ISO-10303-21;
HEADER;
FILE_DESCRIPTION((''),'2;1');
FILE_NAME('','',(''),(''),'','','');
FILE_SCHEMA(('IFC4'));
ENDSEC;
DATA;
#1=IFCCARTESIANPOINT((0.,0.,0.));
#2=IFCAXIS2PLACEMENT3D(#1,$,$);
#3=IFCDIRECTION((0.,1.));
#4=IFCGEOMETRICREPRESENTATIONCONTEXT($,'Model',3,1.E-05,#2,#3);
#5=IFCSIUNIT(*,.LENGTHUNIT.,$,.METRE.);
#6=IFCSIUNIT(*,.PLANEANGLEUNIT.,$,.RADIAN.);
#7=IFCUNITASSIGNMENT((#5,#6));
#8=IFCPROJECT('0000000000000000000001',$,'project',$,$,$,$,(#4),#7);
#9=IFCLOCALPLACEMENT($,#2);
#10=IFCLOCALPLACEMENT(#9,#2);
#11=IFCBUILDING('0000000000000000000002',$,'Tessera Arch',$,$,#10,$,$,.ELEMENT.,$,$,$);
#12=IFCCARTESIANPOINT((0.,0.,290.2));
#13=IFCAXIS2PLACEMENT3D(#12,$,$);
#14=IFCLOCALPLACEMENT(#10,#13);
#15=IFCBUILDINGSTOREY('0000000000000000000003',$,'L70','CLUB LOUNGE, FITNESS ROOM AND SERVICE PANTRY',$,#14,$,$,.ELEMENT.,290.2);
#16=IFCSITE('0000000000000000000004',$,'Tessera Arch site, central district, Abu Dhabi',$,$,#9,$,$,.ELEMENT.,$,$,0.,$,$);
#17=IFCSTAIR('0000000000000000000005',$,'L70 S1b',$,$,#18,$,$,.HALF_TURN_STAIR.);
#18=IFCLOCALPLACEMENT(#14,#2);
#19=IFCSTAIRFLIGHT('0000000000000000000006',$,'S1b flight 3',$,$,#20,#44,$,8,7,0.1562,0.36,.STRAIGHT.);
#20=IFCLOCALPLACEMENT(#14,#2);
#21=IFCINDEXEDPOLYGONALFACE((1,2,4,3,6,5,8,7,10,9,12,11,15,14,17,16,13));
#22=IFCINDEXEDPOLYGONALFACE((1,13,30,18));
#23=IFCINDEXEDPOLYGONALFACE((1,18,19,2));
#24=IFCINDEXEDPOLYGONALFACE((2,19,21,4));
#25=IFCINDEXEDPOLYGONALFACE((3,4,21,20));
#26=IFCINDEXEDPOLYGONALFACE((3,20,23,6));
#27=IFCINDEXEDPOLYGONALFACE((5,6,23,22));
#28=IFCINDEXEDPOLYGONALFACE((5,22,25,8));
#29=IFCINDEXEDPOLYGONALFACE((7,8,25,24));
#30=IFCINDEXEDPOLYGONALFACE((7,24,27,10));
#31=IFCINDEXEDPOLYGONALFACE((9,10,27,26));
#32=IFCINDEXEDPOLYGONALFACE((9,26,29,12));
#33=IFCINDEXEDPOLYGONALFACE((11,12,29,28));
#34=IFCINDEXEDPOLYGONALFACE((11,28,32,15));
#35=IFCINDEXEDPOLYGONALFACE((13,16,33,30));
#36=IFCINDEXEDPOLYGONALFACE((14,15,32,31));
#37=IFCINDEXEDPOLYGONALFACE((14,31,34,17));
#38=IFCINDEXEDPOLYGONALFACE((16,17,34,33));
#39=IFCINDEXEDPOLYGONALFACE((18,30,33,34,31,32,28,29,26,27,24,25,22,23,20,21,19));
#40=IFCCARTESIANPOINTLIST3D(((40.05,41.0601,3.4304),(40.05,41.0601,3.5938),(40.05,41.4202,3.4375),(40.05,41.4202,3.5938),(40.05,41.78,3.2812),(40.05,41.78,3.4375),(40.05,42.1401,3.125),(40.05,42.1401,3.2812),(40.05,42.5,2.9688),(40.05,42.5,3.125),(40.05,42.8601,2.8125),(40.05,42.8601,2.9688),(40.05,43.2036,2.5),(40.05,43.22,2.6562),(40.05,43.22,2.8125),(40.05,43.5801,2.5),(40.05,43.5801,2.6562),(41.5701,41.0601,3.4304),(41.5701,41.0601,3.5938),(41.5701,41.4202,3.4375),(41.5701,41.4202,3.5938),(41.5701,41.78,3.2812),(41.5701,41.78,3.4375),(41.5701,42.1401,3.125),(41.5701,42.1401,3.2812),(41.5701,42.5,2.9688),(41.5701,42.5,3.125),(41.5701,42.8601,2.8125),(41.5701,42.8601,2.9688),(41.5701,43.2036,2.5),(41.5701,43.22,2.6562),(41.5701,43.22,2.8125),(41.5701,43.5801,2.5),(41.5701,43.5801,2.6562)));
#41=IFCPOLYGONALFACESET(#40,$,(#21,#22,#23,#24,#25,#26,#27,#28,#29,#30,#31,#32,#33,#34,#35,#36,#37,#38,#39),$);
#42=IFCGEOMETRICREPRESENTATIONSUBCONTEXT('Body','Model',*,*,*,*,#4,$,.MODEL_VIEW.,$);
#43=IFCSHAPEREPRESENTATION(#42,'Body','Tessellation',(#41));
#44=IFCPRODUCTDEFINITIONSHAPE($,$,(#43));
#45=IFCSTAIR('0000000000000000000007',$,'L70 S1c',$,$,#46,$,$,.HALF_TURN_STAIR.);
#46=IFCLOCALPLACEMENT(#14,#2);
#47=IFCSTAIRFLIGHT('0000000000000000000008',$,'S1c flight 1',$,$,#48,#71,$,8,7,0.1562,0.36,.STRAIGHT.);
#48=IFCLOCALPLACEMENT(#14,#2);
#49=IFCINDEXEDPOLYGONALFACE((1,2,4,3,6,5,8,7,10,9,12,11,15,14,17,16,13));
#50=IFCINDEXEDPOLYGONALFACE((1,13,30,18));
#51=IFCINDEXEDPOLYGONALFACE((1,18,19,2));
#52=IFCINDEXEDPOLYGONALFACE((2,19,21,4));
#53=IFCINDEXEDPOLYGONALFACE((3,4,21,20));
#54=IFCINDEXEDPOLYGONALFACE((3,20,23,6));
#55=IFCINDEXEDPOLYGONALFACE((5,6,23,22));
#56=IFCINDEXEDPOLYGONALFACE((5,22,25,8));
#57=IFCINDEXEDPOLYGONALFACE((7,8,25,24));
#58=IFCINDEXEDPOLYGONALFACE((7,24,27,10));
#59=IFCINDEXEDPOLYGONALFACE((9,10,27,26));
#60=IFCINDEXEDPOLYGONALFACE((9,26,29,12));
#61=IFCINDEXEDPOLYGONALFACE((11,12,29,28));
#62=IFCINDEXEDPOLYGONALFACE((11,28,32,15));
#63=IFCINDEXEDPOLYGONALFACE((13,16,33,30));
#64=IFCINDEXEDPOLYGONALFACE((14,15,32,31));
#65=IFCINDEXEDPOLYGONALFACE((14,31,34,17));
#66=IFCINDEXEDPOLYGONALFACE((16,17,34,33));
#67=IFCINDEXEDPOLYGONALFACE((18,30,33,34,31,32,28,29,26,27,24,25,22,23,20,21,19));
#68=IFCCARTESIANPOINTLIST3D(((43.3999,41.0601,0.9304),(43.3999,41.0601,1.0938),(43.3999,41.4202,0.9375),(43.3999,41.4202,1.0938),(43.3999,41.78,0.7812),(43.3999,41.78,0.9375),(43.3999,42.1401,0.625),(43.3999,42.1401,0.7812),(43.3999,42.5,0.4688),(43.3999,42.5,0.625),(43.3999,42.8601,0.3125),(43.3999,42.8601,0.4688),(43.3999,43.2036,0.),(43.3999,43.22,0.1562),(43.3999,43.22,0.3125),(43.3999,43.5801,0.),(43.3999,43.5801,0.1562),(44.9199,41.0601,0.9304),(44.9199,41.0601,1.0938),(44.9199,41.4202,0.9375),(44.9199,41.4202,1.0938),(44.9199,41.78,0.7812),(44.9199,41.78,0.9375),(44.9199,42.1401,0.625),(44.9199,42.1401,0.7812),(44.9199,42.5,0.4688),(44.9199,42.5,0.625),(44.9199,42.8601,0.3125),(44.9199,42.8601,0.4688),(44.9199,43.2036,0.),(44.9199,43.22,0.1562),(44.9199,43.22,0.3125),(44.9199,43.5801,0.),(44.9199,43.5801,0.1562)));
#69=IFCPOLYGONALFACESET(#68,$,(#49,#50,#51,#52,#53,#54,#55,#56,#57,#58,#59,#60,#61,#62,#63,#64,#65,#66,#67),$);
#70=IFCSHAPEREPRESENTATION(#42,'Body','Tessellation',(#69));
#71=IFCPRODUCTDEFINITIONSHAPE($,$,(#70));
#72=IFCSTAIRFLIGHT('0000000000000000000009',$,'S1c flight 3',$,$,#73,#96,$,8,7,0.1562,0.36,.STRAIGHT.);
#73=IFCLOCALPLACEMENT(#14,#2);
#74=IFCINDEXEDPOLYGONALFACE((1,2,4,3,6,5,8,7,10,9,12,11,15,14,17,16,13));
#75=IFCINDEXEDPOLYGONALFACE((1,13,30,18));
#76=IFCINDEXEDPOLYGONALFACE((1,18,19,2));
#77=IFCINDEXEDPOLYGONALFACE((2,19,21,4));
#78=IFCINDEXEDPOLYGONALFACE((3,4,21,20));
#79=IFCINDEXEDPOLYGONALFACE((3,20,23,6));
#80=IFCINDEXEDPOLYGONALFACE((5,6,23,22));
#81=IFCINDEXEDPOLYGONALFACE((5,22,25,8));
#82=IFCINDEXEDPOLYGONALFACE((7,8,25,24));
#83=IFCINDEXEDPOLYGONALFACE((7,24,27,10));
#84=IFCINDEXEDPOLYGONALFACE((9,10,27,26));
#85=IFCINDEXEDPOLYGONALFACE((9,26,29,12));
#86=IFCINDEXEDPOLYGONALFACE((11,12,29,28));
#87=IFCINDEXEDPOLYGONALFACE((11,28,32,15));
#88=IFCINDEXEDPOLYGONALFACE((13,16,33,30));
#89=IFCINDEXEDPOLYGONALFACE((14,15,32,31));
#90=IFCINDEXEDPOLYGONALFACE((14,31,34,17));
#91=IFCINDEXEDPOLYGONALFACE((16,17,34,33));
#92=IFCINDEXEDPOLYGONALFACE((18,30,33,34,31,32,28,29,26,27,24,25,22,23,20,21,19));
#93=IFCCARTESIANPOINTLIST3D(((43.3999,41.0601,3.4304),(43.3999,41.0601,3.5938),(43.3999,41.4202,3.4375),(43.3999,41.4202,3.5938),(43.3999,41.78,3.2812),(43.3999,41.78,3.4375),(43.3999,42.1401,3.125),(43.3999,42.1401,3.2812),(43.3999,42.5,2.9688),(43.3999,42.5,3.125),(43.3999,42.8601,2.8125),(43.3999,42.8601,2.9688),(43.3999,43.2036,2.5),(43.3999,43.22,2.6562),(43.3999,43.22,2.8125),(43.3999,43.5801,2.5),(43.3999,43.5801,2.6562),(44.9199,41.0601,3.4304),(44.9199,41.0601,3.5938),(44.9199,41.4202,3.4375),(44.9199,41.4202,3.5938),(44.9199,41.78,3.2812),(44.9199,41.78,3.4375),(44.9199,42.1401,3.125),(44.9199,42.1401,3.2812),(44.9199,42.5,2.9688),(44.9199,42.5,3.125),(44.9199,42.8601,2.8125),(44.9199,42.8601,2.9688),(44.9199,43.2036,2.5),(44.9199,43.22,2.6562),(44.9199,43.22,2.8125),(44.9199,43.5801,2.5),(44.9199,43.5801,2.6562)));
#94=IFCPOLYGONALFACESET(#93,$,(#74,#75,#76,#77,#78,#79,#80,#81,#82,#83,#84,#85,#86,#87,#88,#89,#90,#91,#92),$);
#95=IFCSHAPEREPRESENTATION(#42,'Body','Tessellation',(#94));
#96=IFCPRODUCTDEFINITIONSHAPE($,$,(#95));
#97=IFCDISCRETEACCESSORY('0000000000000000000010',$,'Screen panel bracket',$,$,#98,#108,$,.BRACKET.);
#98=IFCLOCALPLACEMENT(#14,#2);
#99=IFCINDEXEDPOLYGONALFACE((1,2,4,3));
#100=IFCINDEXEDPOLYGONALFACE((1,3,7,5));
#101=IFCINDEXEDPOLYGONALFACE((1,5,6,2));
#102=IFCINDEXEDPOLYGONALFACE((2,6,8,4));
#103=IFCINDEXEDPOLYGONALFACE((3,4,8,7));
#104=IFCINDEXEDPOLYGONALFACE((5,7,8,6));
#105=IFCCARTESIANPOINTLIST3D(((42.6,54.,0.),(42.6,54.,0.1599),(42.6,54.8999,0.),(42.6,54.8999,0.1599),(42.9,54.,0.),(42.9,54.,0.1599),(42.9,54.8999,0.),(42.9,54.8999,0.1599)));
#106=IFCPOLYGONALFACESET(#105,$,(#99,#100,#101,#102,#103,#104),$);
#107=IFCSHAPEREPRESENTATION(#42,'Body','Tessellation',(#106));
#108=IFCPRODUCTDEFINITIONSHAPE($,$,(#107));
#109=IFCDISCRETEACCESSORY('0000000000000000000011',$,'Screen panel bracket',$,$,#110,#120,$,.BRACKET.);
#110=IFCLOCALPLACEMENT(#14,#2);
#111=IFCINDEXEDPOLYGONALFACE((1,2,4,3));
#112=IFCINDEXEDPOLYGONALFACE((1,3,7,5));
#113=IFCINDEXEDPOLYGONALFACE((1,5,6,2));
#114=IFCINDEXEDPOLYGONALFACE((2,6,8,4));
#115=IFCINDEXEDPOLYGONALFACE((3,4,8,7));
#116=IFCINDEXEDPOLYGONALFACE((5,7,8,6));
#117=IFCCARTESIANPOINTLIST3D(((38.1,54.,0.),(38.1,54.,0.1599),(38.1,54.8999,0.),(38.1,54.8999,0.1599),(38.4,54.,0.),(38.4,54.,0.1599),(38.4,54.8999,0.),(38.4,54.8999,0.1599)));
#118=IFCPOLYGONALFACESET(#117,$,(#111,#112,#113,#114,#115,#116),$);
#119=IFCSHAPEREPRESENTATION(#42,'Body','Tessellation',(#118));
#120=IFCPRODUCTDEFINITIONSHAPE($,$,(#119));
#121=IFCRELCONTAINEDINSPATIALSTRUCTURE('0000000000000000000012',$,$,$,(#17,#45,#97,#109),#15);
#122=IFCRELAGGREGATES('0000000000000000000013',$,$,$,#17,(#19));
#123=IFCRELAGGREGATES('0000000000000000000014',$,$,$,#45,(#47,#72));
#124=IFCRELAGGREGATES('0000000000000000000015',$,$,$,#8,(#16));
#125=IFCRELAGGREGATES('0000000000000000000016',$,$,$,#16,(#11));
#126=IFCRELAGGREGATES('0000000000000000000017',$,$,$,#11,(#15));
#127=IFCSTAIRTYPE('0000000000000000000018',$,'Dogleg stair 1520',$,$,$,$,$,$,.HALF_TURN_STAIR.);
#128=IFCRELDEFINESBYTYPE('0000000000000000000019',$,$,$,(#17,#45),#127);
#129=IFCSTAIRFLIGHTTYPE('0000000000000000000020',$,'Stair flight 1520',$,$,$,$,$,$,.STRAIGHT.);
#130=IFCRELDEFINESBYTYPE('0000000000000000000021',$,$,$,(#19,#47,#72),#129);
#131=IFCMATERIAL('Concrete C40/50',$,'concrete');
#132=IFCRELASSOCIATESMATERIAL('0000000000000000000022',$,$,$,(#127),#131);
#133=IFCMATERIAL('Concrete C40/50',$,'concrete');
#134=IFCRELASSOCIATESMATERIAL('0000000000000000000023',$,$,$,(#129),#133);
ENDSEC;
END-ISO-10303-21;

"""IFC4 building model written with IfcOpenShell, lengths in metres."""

from ifc_helpers import new_model, si_unit, direction, frame, origin, origin_2d, place, context, subcontext, project, spatial, polyline, rectangle, outline, extrude, material, type_object, element, aggregate, save


model = new_model("IFC4")

# Units and contexts
model_context = context("Model", 3, precision=1e-05, world=origin(), true_north=direction((0.0, 1.0)))
body_context = subcontext(model_context, "Body", "Model", "MODEL_VIEW")
ifc_project = project(units=[si_unit("LENGTHUNIT", "METRE"), si_unit("PLANEANGLEUNIT", "RADIAN")], contexts=[model_context])

# Site, building, storey
site_placement = place(None, origin())
site = spatial("IfcSite", under=ifc_project, at=site_placement, Name="Tessera Arch site, central district, Abu Dhabi", CompositionType="ELEMENT", RefElevation=0.0)
building_placement = place(site_placement, origin())
building = spatial("IfcBuilding", under=site, at=building_placement, Name="Tessera Arch", CompositionType="ELEMENT")
storey_placement = place(building_placement, frame((0.0, 0.0, 290.2)))
storey = spatial("IfcBuildingStorey", under=building, at=storey_placement, Name="L70", Description="CLUB LOUNGE, FITNESS ROOM AND SERVICE PANTRY", CompositionType="ELEMENT", Elevation=290.2)

# Stairs, stair flights
ifc_material_1 = material(Name="Concrete C40/50", Category="concrete")
stair_type = type_object("IfcStairType", Name="Dogleg stair 1520", PredefinedType="HALF_TURN_STAIR", material=ifc_material_1)
ifc_material_2 = material(Name="Concrete C40/50", Category="concrete")
stair_flight_type = type_object("IfcStairFlightType", Name="Stair flight 1520", PredefinedType="STRAIGHT", material=ifc_material_2)
stair_1_placement = place(storey_placement, origin())
stair_1 = element("IfcStair", 1, at=stair_1_placement, inside=storey, type_object=stair_type, Name="L70 S1b", PredefinedType="HALF_TURN_STAIR")
stair_flight_1_placement = place(storey_placement, frame((40.8101, 43.5801, 2.5), z_axis=(0.0, 0.0, 1.0), x_axis=(0.0, -1.0, 0.0)))
stair_flight_1 = element("IfcStairFlight", 2, at=stair_flight_1_placement, type_object=stair_flight_type, Name="S1b flight 3", NumberOfRisers=8, NumberOfTreads=7, PredefinedType="STRAIGHT", RiserHeight=0.1562, TreadLength=0.36, context=body_context, shape_type="SweptSolid", body=[
    extrude(outline(polyline([(0.0, 0.0), (0.0, 0.1562), (0.3601, 0.1562), (0.3601, 0.3125), (0.72, 0.3125), (0.72, 0.4688), (1.0801, 0.4688), (1.0801, 0.625), (1.4399, 0.625), (1.4399, 0.7812), (1.8, 0.7812), (1.8, 0.9375), (2.1599, 0.9375), (2.1599, 1.0938), (2.52, 1.0938), (2.52, 1.25), (2.52, 0.9304), (0.3765, 0.0), (0.0, 0.0)])), frame((0.0, 0.76, 0.0), z_axis=(0.0, -1.0, 0.0), x_axis=(1.0, 0.0, 0.0)), (0.0, 0.0, 1.0), 1.52),
])
aggregate(stair_1, [stair_flight_1])
stair_2_placement = place(storey_placement, origin())
stair_2 = element("IfcStair", 3, at=stair_2_placement, inside=storey, type_object=stair_type, Name="L70 S1c", PredefinedType="HALF_TURN_STAIR")
stair_flight_2_placement = place(storey_placement, frame((44.1599, 43.5801, 0.0), z_axis=(0.0, 0.0, 1.0), x_axis=(0.0, -1.0, 0.0)))
stair_flight_2 = element("IfcStairFlight", 4, at=stair_flight_2_placement, type_object=stair_flight_type, Name="S1c flight 1", NumberOfRisers=8, NumberOfTreads=7, PredefinedType="STRAIGHT", RiserHeight=0.1562, TreadLength=0.36, context=body_context, shape_type="SweptSolid", body=[
    extrude(outline(polyline([(0.0, 0.0), (0.0, 0.1562), (0.3601, 0.1562), (0.3601, 0.3125), (0.72, 0.3125), (0.72, 0.4688), (1.0801, 0.4688), (1.0801, 0.625), (1.4399, 0.625), (1.4399, 0.7812), (1.8, 0.7812), (1.8, 0.9375), (2.1599, 0.9375), (2.1599, 1.0938), (2.52, 1.0938), (2.52, 1.25), (2.52, 0.9304), (0.3765, 0.0), (0.0, 0.0)])), frame((0.0, 0.76, 0.0), z_axis=(0.0, -1.0, 0.0), x_axis=(1.0, 0.0, 0.0)), (0.0, 0.0, 1.0), 1.52),
])
stair_flight_3_placement = place(storey_placement, frame((44.1599, 43.5801, 2.5), z_axis=(0.0, 0.0, 1.0), x_axis=(0.0, -1.0, 0.0)))
stair_flight_3 = element("IfcStairFlight", 5, at=stair_flight_3_placement, type_object=stair_flight_type, Name="S1c flight 3", NumberOfRisers=8, NumberOfTreads=7, PredefinedType="STRAIGHT", RiserHeight=0.1562, TreadLength=0.36, context=body_context, shape_type="SweptSolid", body=[
    extrude(outline(polyline([(0.0, 0.0), (0.0, 0.1562), (0.3601, 0.1562), (0.3601, 0.3125), (0.72, 0.3125), (0.72, 0.4688), (1.0801, 0.4688), (1.0801, 0.625), (1.4399, 0.625), (1.4399, 0.7812), (1.8, 0.7812), (1.8, 0.9375), (2.1599, 0.9375), (2.1599, 1.0938), (2.52, 1.0938), (2.52, 1.25), (2.52, 0.9304), (0.3765, 0.0), (0.0, 0.0)])), frame((0.0, 0.76, 0.0), z_axis=(0.0, -1.0, 0.0), x_axis=(1.0, 0.0, 0.0)), (0.0, 0.0, 1.0), 1.52),
])
aggregate(stair_2, [stair_flight_2, stair_flight_3])

# Discrete accessories
for number, where, z_axis, x_axis, name in (
    (6, (42.75, 54.45, 0.0), (0.0, 0.0, 1.0), (0.0, 1.0, 0.0), "Screen panel bracket"),
    (7, (38.25, 54.45, 0.0), (0.0, 0.0, 1.0), (0.0, 1.0, 0.0), "Screen panel bracket"),
):
    element("IfcDiscreteAccessory", number, at=place(storey_placement, frame(where, z_axis=z_axis, x_axis=x_axis)), inside=storey, Name=name, PredefinedType="BRACKET", context=body_context, shape_type="SweptSolid", body=[
        extrude(rectangle(XDim=0.8999, YDim=0.3, at=origin_2d()), origin(), (0.0, 0.0, 1.0), 0.1599),
    ])

save(model, "model.ifc")
